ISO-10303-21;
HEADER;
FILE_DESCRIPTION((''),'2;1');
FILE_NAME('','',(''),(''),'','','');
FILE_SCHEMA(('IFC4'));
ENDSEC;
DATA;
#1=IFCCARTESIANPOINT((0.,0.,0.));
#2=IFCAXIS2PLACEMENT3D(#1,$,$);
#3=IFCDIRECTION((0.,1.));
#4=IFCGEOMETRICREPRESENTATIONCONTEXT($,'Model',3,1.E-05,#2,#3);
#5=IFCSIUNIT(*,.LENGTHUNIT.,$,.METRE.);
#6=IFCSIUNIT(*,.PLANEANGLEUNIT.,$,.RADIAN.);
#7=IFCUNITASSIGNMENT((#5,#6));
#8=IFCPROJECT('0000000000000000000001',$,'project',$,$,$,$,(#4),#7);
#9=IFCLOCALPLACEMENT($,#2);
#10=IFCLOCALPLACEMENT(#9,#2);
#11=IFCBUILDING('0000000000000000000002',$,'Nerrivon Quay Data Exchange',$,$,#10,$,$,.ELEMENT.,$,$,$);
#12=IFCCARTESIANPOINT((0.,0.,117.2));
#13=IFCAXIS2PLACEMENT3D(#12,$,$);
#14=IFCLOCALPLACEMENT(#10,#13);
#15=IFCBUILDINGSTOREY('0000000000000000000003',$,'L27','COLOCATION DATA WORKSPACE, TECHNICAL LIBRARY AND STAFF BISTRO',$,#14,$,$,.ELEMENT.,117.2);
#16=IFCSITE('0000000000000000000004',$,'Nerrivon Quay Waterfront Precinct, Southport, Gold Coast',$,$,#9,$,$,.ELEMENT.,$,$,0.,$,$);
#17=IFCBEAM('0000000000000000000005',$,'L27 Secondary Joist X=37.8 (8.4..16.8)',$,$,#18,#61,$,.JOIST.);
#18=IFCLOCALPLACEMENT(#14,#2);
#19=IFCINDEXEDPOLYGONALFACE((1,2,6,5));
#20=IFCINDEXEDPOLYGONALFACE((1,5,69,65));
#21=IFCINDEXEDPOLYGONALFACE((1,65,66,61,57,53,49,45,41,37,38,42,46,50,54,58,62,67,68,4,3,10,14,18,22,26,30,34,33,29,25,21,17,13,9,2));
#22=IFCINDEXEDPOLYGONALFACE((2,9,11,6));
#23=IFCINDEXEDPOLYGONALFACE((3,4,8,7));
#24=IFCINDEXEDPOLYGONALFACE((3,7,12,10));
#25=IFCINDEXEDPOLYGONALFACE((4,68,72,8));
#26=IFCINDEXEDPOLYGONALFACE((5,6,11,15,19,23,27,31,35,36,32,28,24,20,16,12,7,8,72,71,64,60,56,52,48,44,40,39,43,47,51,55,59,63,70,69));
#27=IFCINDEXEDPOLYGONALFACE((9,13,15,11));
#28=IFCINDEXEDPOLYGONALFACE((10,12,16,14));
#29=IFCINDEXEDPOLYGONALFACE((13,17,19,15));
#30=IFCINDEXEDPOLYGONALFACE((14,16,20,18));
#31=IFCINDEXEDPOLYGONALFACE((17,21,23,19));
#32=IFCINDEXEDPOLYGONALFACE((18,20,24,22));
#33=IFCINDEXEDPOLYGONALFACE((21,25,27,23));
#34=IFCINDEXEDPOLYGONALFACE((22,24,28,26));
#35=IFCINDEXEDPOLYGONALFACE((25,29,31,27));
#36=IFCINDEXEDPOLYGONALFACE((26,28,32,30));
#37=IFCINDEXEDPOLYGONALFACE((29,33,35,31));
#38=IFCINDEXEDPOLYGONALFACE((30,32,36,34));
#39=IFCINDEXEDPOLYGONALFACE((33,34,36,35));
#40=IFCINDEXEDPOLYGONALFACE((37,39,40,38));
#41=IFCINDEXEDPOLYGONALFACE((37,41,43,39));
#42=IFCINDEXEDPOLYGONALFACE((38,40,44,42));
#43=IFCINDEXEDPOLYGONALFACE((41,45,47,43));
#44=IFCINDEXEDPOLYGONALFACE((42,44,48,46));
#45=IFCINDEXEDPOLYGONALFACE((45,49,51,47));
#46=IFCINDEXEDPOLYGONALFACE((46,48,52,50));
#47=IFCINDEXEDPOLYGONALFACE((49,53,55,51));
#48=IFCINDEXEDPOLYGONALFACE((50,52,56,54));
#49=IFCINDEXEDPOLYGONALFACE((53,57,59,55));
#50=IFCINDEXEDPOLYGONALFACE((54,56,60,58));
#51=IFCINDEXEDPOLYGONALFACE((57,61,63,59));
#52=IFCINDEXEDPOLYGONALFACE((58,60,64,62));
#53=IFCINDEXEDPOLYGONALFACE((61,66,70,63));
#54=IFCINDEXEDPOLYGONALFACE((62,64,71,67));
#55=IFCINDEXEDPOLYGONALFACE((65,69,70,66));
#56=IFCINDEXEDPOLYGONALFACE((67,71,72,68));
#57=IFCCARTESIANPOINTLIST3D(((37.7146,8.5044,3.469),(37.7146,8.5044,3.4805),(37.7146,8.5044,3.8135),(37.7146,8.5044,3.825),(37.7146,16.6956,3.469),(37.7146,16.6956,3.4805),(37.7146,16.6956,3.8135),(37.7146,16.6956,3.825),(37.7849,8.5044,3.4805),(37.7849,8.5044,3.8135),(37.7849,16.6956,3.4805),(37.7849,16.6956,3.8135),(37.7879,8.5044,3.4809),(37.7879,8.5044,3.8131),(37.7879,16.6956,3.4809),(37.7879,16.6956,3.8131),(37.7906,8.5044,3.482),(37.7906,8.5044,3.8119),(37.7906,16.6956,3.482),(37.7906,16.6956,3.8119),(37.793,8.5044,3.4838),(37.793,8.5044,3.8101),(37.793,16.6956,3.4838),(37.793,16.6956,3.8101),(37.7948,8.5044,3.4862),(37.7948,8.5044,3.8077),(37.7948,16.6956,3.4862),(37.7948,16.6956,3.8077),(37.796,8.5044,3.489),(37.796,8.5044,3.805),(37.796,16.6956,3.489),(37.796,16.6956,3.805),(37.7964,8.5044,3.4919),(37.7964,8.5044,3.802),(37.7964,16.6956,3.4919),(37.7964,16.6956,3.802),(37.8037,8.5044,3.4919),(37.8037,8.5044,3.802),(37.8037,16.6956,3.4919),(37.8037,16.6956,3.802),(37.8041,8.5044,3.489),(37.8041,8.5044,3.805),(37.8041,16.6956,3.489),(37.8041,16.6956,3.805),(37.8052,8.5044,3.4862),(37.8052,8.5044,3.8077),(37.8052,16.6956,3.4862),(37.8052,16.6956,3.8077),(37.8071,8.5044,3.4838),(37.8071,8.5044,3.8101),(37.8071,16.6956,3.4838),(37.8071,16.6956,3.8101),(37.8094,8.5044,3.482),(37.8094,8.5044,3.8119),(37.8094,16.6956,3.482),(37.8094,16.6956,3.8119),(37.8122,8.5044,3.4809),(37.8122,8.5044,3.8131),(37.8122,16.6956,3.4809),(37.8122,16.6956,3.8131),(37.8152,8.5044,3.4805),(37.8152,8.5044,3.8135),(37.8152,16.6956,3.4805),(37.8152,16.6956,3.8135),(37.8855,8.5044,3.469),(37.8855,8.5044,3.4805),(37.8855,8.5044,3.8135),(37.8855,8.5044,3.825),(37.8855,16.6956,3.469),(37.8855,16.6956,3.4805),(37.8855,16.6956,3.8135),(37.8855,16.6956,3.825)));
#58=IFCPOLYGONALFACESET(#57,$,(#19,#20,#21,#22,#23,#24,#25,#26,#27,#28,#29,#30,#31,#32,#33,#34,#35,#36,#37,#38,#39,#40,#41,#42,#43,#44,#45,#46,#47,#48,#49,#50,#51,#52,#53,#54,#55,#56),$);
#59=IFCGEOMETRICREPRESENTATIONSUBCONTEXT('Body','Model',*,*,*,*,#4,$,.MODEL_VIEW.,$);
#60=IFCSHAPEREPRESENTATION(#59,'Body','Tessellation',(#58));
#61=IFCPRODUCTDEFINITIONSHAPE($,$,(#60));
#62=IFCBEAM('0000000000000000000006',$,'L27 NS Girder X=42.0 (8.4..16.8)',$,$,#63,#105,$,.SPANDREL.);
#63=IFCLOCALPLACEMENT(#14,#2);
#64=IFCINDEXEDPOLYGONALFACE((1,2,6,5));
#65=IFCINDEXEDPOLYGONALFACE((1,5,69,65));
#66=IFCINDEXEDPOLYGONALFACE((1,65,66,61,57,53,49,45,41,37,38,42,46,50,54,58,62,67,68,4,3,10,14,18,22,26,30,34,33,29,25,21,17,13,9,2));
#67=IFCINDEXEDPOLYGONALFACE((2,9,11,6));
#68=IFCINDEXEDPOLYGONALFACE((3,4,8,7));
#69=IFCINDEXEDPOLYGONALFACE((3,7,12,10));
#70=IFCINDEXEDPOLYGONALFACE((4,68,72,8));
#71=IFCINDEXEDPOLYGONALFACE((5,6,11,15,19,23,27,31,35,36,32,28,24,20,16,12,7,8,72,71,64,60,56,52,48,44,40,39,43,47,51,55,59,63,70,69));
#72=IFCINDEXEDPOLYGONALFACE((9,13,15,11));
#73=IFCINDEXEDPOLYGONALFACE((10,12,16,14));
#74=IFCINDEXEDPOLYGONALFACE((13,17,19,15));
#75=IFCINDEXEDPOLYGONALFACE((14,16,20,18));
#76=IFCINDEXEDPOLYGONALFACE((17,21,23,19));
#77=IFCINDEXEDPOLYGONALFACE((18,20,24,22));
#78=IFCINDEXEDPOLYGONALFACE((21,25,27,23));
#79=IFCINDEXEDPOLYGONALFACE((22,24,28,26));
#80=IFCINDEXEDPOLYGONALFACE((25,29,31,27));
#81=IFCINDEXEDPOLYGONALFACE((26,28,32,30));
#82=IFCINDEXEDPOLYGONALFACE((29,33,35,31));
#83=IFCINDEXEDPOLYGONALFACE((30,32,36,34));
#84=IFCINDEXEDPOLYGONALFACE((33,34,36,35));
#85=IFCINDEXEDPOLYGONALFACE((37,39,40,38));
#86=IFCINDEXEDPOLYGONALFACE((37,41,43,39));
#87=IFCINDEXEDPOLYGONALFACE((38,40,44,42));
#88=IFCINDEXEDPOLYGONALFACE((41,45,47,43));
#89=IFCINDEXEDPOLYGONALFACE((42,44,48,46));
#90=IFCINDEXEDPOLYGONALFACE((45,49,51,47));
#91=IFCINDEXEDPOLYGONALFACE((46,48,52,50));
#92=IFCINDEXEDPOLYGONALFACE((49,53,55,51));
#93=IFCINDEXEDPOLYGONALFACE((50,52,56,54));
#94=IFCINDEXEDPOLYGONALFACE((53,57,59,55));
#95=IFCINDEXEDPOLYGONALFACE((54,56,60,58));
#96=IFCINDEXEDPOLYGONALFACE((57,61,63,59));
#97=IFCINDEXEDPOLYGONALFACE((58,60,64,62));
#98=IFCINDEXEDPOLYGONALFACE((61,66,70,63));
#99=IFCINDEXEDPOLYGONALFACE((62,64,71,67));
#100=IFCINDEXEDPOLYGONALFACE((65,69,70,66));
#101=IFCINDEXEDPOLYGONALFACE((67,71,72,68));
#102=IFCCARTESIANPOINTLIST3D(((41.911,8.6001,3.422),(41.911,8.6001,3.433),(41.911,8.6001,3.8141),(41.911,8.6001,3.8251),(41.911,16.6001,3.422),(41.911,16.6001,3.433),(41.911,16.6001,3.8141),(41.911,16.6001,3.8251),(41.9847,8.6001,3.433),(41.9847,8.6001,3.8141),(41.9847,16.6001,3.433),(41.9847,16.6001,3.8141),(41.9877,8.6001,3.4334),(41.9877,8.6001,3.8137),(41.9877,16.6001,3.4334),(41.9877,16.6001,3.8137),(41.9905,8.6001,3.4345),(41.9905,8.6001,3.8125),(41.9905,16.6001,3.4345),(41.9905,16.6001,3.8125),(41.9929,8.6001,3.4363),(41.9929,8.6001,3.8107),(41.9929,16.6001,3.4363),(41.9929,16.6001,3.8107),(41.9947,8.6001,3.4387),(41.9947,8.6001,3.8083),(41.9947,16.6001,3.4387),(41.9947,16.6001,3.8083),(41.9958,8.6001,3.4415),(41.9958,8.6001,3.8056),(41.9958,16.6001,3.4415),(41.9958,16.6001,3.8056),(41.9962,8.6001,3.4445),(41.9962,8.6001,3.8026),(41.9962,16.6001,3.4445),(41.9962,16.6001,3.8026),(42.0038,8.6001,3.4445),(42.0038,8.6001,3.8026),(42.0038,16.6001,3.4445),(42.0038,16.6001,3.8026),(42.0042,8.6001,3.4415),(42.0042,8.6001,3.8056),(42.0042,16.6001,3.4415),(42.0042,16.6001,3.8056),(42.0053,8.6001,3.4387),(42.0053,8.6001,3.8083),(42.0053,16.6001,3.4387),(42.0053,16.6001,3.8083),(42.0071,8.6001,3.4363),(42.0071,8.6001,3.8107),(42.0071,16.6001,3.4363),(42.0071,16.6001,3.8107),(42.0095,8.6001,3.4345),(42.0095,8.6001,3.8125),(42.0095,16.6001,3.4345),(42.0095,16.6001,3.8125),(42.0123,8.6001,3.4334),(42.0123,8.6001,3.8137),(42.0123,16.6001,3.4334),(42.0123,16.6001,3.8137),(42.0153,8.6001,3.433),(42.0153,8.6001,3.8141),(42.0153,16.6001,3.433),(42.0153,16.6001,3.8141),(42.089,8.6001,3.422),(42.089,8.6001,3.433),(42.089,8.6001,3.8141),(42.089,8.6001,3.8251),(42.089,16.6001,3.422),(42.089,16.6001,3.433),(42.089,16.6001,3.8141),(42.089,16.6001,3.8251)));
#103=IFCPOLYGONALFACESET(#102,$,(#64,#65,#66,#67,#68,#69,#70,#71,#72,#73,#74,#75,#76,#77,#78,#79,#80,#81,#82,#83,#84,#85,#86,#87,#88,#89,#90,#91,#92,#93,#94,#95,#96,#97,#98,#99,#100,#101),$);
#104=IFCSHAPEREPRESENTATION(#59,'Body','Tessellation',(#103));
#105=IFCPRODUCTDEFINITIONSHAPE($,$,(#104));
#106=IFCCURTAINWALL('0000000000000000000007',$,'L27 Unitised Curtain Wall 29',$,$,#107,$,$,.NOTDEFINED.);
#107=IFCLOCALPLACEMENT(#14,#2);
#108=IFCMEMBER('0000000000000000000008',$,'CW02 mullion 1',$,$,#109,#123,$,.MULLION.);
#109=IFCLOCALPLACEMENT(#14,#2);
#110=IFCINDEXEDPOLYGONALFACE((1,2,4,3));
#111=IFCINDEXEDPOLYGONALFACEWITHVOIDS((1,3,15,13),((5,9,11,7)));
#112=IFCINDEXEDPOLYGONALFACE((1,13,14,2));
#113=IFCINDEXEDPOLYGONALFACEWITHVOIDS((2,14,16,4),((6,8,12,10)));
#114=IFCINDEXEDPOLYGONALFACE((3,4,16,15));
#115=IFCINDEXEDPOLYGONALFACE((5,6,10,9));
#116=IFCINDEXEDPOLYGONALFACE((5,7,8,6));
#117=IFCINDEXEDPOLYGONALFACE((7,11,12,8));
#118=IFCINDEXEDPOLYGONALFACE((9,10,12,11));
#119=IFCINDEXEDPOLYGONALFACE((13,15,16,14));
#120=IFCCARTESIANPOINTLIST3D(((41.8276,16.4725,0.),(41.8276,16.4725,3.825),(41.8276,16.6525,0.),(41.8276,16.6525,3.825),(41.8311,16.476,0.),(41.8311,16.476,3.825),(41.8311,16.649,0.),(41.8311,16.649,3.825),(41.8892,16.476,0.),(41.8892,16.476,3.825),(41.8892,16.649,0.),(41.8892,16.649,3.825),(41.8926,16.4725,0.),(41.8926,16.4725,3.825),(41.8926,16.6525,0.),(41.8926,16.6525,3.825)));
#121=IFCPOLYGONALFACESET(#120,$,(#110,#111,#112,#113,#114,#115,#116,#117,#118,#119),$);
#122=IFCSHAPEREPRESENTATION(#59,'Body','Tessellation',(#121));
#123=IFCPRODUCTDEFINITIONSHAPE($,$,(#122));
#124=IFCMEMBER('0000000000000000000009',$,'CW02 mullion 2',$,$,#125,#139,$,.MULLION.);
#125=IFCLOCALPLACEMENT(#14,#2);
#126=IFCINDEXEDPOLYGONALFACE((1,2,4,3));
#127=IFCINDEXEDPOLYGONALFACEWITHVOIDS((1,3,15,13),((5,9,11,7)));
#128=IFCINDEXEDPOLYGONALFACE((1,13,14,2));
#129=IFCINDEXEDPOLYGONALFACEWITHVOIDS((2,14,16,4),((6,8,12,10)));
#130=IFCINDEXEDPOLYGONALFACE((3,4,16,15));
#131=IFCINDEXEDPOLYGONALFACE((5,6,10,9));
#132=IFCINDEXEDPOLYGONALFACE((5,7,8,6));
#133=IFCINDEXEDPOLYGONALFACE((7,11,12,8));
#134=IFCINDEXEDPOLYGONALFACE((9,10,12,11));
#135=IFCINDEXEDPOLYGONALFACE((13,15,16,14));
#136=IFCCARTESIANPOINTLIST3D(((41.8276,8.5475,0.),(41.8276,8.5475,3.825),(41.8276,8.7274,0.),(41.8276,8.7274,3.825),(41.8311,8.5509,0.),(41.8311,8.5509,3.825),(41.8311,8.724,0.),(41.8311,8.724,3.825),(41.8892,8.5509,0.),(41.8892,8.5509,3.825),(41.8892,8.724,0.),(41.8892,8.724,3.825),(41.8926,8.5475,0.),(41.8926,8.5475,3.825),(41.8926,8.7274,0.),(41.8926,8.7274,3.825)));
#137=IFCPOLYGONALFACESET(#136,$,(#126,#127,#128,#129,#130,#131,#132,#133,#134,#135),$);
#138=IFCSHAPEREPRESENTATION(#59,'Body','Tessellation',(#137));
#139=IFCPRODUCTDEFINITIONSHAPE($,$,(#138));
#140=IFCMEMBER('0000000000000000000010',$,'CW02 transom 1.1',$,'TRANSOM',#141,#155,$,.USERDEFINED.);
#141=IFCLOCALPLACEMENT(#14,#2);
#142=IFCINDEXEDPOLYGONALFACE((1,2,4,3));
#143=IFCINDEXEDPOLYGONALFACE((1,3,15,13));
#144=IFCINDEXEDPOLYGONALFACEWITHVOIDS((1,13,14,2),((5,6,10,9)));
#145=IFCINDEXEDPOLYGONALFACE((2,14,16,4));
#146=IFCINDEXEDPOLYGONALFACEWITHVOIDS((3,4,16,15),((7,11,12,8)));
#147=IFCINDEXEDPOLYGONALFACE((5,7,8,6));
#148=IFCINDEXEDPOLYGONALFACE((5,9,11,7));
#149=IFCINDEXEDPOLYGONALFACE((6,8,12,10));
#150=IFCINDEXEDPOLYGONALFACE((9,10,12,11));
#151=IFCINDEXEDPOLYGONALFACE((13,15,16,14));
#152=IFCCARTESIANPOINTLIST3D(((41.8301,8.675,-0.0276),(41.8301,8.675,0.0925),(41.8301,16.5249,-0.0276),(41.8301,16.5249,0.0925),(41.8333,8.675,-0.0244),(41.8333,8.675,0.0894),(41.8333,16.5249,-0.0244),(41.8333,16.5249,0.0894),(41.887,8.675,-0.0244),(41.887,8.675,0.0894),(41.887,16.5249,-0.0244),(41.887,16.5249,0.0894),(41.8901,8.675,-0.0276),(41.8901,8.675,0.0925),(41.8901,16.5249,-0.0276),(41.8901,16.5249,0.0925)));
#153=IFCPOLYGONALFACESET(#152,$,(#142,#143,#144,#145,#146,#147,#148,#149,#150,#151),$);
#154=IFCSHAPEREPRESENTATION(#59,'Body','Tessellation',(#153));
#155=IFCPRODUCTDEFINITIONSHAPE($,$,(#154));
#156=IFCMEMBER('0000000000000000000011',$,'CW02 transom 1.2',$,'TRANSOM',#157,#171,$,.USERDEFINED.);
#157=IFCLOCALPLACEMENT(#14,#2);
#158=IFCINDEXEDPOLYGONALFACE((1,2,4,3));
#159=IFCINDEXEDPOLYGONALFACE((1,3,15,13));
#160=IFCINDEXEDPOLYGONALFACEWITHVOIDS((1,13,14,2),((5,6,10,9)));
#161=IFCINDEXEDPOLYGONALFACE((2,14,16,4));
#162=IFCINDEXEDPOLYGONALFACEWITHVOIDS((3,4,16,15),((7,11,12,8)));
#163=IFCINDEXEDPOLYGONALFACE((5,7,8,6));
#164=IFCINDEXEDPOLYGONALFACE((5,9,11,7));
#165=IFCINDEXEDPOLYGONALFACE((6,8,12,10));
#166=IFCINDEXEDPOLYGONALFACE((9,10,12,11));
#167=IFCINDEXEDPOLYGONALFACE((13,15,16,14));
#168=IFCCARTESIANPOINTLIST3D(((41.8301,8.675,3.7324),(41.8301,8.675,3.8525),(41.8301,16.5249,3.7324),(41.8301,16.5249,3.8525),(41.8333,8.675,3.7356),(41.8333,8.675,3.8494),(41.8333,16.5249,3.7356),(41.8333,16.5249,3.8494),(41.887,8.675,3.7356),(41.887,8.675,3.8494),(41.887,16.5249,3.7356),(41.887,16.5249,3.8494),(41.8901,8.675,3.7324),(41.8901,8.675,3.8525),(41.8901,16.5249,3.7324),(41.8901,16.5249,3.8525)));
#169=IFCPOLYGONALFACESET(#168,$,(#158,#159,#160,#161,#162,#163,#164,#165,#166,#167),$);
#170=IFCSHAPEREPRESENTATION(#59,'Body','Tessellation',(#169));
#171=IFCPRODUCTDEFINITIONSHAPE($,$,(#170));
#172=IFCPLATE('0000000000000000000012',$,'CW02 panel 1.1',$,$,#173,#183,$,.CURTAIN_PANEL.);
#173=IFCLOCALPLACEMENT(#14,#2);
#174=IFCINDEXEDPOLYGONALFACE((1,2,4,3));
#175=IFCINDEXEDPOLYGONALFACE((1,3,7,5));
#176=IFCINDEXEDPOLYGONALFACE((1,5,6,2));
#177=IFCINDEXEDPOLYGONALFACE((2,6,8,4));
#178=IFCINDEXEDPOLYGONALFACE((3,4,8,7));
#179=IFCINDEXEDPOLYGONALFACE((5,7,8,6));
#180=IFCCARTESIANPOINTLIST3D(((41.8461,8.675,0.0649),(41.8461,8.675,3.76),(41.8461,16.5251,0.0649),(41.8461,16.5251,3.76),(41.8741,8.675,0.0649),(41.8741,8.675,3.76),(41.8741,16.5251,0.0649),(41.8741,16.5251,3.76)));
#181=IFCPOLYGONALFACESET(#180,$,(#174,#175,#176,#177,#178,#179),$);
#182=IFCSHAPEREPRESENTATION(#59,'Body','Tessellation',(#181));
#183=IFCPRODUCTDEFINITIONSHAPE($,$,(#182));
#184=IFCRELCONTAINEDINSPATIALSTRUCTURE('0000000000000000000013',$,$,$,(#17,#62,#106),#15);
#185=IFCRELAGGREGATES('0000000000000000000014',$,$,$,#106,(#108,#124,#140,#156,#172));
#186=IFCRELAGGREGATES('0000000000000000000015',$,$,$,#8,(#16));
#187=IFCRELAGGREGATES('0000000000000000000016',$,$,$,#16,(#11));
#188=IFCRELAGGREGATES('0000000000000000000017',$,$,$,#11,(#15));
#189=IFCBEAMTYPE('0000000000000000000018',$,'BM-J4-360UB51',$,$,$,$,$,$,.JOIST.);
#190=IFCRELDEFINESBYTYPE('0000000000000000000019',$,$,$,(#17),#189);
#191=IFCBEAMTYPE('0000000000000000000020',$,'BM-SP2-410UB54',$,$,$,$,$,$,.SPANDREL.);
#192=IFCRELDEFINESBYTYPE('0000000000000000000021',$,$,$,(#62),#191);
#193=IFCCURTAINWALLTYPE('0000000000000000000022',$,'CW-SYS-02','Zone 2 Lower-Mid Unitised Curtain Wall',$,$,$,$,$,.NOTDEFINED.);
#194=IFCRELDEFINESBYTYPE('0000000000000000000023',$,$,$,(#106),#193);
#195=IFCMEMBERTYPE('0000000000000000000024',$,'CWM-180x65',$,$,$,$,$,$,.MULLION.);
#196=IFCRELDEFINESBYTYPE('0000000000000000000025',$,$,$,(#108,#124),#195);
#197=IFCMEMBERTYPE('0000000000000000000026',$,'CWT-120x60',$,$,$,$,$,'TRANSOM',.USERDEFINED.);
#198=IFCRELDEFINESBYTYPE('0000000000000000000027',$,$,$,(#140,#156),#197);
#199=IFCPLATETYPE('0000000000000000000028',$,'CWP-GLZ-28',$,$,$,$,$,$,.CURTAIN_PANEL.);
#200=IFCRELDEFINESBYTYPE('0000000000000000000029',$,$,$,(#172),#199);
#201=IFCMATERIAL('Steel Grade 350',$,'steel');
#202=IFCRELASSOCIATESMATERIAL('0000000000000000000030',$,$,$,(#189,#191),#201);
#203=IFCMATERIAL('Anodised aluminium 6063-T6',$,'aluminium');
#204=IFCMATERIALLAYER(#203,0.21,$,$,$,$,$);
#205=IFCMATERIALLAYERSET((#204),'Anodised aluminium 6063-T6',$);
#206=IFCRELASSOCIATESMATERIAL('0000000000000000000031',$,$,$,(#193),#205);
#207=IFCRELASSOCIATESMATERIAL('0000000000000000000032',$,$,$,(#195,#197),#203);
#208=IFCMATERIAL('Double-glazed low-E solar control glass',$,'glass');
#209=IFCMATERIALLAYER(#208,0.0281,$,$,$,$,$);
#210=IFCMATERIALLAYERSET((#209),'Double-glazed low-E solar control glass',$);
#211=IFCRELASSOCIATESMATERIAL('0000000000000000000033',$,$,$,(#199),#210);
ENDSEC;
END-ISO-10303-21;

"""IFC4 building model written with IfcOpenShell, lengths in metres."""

from ifc_helpers import new_model, si_unit, direction, frame, origin, origin_2d, place, context, subcontext, project, spatial, rectangle, hollow_rectangle, i_section, extrude, material, layer, layer_set, material_profile, profile_set, type_object, element, aggregate, save


model = new_model("IFC4")

# Units and contexts
model_context = context("Model", 3, precision=1e-05, world=origin(), true_north=direction((0.0, 1.0)))
body_context = subcontext(model_context, "Body", "Model", "MODEL_VIEW")
ifc_project = project(units=[si_unit("LENGTHUNIT", "METRE"), si_unit("PLANEANGLEUNIT", "RADIAN")], contexts=[model_context])

# Site, building, storey
site_placement = place(None, origin())
site = spatial("IfcSite", under=ifc_project, at=site_placement, Name="Nerrivon Quay Waterfront Precinct, Southport, Gold Coast", CompositionType="ELEMENT", RefElevation=0.0)
building_placement = place(site_placement, origin())
building = spatial("IfcBuilding", under=site, at=building_placement, Name="Nerrivon Quay Data Exchange", CompositionType="ELEMENT")
storey_placement = place(building_placement, frame((0.0, 0.0, 117.2)))
storey = spatial("IfcBuildingStorey", under=building, at=storey_placement, Name="L27", Description="COLOCATION DATA WORKSPACE, TECHNICAL LIBRARY AND STAFF BISTRO", CompositionType="ELEMENT", Elevation=117.2)

# Shared definitions
ifc_material_1 = material(Name="Steel Grade 350", Category="steel")

# Beams
ifc_material_profile_1 = material_profile(ifc_material_1, i_section(OverallWidth=0.1709, OverallDepth=0.356, WebThickness=0.0073, FlangeThickness=0.0115, FilletRadius=0.0115, at=origin_2d()), Name="360UB50.7")
ifc_profile_set_1 = profile_set([ifc_material_profile_1], Name="Steel Grade 350")
beam_type_1 = type_object("IfcBeamType", Name="BM-J4-360UB51", PredefinedType="JOIST", material=ifc_profile_set_1)
beam_1_placement = place(storey_placement, frame((37.8, 8.5044, 3.647), z_axis=(0.0, 1.0, 0.0), x_axis=(-1.0, 0.0, 0.0)))
element("IfcBeam", 1, at=beam_1_placement, inside=storey, type_object=beam_type_1, Name="L27 Secondary Joist X=37.8 (8.4..16.8)", PredefinedType="JOIST", context=body_context, shape_type="SweptSolid", body=[
    extrude(i_section(OverallWidth=0.1709, OverallDepth=0.356, WebThickness=0.0073, FlangeThickness=0.0115, FilletRadius=0.0115, at=origin_2d()), origin(), (0.0, 0.0, 1.0), 8.1912),
])
ifc_material_profile_2 = material_profile(ifc_material_1, i_section(OverallWidth=0.178, OverallDepth=0.4031, WebThickness=0.0076, FlangeThickness=0.011, FilletRadius=0.0115, at=origin_2d()), Name="410UB53.7")
ifc_profile_set_2 = profile_set([ifc_material_profile_2], Name="Steel Grade 350")
beam_type_2 = type_object("IfcBeamType", Name="BM-SP2-410UB54", PredefinedType="SPANDREL", material=ifc_profile_set_2)
beam_2_placement = place(storey_placement, frame((42.0, 8.6001, 3.6235), z_axis=(0.0, 1.0, 0.0), x_axis=(-1.0, 0.0, 0.0)))
element("IfcBeam", 2, at=beam_2_placement, inside=storey, type_object=beam_type_2, Name="L27 NS Girder X=42.0 (8.4..16.8)", PredefinedType="SPANDREL", context=body_context, shape_type="SweptSolid", body=[
    extrude(i_section(OverallWidth=0.178, OverallDepth=0.4031, WebThickness=0.0076, FlangeThickness=0.011, FilletRadius=0.0115, at=origin_2d()), origin(), (0.0, 0.0, 1.0), 8.0),
])

# Curtain wall, members, plate
ifc_material_2 = material(Name="Anodised aluminium 6063-T6", Category="aluminium")
ifc_layer_1 = layer(ifc_material_2, 0.21)
ifc_layer_set_1 = layer_set([ifc_layer_1], Name="Anodised aluminium 6063-T6")
curtain_wall_type = type_object("IfcCurtainWallType", Name="CW-SYS-02", Description="Zone 2 Lower-Mid Unitised Curtain Wall", PredefinedType="NOTDEFINED", material=ifc_layer_set_1)
curtain_wall_placement = place(storey_placement, origin())
curtain_wall = element("IfcCurtainWall", 3, at=curtain_wall_placement, inside=storey, type_object=curtain_wall_type, Name="L27 Unitised Curtain Wall 29", PredefinedType="NOTDEFINED")
ifc_material_profile_3 = material_profile(ifc_material_2, hollow_rectangle(XDim=0.0649, YDim=0.1799, WallThickness=0.0034, at=origin_2d()), Name="ALU-MULL-180x65")
ifc_profile_set_3 = profile_set([ifc_material_profile_3], Name="Anodised aluminium 6063-T6")
member_type_1 = type_object("IfcMemberType", Name="CWM-180x65", PredefinedType="MULLION", material=ifc_profile_set_3)
member_1_placement = place(storey_placement, frame((41.8601, 16.5625, 0.0), z_axis=(0.0, 0.0, 1.0), x_axis=(1.0, 0.0, 0.0)))
member_1 = element("IfcMember", 4, at=member_1_placement, type_object=member_type_1, Name="CW02 mullion 1", PredefinedType="MULLION", context=body_context, shape_type="SweptSolid", body=[
    extrude(hollow_rectangle(XDim=0.0649, YDim=0.1799, WallThickness=0.0034, at=origin_2d()), origin(), (0.0, 0.0, 1.0), 3.825),
])
member_2_placement = place(storey_placement, frame((41.8601, 8.6375, 0.0), z_axis=(0.0, 0.0, 1.0), x_axis=(1.0, 0.0, 0.0)))
member_2 = element("IfcMember", 5, at=member_2_placement, type_object=member_type_1, Name="CW02 mullion 2", PredefinedType="MULLION", context=body_context, shape_type="SweptSolid", body=[
    extrude(hollow_rectangle(XDim=0.0649, YDim=0.1799, WallThickness=0.0034, at=origin_2d()), origin(), (0.0, 0.0, 1.0), 3.825),
])
ifc_material_profile_4 = material_profile(ifc_material_2, hollow_rectangle(XDim=0.0601, YDim=0.1201, WallThickness=0.0032, at=origin_2d()), Name="ALU-TRAN-120x60")
ifc_profile_set_4 = profile_set([ifc_material_profile_4], Name="Anodised aluminium 6063-T6")
member_type_2 = type_object("IfcMemberType", Name="CWT-120x60", ElementType="TRANSOM", PredefinedType="USERDEFINED", material=ifc_profile_set_4)
member_3_placement = place(storey_placement, frame((41.8601, 16.5249, 0.0325), z_axis=(0.0, -1.0, 0.0), x_axis=(1.0, 0.0, 0.0)))
member_3 = element("IfcMember", 6, at=member_3_placement, type_object=member_type_2, Name="CW02 transom 1.1", ObjectType="TRANSOM", PredefinedType="USERDEFINED", context=body_context, shape_type="SweptSolid", body=[
    extrude(hollow_rectangle(XDim=0.0601, YDim=0.1201, WallThickness=0.0032, at=origin_2d()), origin(), (0.0, 0.0, 1.0), 7.8499),
])
member_4_placement = place(storey_placement, frame((41.8601, 16.5249, 3.7925), z_axis=(0.0, -1.0, 0.0), x_axis=(1.0, 0.0, 0.0)))
member_4 = element("IfcMember", 7, at=member_4_placement, type_object=member_type_2, Name="CW02 transom 1.2", ObjectType="TRANSOM", PredefinedType="USERDEFINED", context=body_context, shape_type="SweptSolid", body=[
    extrude(hollow_rectangle(XDim=0.0601, YDim=0.1201, WallThickness=0.0032, at=origin_2d()), origin(), (0.0, 0.0, 1.0), 7.8499),
])
ifc_material_3 = material(Name="Double-glazed low-E solar control glass", Category="glass")
ifc_layer_2 = layer(ifc_material_3, 0.0281)
ifc_layer_set_2 = layer_set([ifc_layer_2], Name="Double-glazed low-E solar control glass")
plate_type = type_object("IfcPlateType", Name="CWP-GLZ-28", PredefinedType="CURTAIN_PANEL", material=ifc_layer_set_2)
plate_placement = place(storey_placement, frame((41.8601, 12.6001, 0.0649), z_axis=(0.0, 0.0, 1.0), x_axis=(0.0, -1.0, 0.0)))
plate = element("IfcPlate", 8, at=plate_placement, type_object=plate_type, Name="CW02 panel 1.1", PredefinedType="CURTAIN_PANEL", context=body_context, shape_type="SweptSolid", body=[
    extrude(rectangle(XDim=7.8501, YDim=0.0281, at=origin_2d()), origin(), (0.0, 0.0, 1.0), 3.6951),
])
aggregate(curtain_wall, [member_1, member_2, member_3, member_4, plate])

save(model, "model.ifc")
